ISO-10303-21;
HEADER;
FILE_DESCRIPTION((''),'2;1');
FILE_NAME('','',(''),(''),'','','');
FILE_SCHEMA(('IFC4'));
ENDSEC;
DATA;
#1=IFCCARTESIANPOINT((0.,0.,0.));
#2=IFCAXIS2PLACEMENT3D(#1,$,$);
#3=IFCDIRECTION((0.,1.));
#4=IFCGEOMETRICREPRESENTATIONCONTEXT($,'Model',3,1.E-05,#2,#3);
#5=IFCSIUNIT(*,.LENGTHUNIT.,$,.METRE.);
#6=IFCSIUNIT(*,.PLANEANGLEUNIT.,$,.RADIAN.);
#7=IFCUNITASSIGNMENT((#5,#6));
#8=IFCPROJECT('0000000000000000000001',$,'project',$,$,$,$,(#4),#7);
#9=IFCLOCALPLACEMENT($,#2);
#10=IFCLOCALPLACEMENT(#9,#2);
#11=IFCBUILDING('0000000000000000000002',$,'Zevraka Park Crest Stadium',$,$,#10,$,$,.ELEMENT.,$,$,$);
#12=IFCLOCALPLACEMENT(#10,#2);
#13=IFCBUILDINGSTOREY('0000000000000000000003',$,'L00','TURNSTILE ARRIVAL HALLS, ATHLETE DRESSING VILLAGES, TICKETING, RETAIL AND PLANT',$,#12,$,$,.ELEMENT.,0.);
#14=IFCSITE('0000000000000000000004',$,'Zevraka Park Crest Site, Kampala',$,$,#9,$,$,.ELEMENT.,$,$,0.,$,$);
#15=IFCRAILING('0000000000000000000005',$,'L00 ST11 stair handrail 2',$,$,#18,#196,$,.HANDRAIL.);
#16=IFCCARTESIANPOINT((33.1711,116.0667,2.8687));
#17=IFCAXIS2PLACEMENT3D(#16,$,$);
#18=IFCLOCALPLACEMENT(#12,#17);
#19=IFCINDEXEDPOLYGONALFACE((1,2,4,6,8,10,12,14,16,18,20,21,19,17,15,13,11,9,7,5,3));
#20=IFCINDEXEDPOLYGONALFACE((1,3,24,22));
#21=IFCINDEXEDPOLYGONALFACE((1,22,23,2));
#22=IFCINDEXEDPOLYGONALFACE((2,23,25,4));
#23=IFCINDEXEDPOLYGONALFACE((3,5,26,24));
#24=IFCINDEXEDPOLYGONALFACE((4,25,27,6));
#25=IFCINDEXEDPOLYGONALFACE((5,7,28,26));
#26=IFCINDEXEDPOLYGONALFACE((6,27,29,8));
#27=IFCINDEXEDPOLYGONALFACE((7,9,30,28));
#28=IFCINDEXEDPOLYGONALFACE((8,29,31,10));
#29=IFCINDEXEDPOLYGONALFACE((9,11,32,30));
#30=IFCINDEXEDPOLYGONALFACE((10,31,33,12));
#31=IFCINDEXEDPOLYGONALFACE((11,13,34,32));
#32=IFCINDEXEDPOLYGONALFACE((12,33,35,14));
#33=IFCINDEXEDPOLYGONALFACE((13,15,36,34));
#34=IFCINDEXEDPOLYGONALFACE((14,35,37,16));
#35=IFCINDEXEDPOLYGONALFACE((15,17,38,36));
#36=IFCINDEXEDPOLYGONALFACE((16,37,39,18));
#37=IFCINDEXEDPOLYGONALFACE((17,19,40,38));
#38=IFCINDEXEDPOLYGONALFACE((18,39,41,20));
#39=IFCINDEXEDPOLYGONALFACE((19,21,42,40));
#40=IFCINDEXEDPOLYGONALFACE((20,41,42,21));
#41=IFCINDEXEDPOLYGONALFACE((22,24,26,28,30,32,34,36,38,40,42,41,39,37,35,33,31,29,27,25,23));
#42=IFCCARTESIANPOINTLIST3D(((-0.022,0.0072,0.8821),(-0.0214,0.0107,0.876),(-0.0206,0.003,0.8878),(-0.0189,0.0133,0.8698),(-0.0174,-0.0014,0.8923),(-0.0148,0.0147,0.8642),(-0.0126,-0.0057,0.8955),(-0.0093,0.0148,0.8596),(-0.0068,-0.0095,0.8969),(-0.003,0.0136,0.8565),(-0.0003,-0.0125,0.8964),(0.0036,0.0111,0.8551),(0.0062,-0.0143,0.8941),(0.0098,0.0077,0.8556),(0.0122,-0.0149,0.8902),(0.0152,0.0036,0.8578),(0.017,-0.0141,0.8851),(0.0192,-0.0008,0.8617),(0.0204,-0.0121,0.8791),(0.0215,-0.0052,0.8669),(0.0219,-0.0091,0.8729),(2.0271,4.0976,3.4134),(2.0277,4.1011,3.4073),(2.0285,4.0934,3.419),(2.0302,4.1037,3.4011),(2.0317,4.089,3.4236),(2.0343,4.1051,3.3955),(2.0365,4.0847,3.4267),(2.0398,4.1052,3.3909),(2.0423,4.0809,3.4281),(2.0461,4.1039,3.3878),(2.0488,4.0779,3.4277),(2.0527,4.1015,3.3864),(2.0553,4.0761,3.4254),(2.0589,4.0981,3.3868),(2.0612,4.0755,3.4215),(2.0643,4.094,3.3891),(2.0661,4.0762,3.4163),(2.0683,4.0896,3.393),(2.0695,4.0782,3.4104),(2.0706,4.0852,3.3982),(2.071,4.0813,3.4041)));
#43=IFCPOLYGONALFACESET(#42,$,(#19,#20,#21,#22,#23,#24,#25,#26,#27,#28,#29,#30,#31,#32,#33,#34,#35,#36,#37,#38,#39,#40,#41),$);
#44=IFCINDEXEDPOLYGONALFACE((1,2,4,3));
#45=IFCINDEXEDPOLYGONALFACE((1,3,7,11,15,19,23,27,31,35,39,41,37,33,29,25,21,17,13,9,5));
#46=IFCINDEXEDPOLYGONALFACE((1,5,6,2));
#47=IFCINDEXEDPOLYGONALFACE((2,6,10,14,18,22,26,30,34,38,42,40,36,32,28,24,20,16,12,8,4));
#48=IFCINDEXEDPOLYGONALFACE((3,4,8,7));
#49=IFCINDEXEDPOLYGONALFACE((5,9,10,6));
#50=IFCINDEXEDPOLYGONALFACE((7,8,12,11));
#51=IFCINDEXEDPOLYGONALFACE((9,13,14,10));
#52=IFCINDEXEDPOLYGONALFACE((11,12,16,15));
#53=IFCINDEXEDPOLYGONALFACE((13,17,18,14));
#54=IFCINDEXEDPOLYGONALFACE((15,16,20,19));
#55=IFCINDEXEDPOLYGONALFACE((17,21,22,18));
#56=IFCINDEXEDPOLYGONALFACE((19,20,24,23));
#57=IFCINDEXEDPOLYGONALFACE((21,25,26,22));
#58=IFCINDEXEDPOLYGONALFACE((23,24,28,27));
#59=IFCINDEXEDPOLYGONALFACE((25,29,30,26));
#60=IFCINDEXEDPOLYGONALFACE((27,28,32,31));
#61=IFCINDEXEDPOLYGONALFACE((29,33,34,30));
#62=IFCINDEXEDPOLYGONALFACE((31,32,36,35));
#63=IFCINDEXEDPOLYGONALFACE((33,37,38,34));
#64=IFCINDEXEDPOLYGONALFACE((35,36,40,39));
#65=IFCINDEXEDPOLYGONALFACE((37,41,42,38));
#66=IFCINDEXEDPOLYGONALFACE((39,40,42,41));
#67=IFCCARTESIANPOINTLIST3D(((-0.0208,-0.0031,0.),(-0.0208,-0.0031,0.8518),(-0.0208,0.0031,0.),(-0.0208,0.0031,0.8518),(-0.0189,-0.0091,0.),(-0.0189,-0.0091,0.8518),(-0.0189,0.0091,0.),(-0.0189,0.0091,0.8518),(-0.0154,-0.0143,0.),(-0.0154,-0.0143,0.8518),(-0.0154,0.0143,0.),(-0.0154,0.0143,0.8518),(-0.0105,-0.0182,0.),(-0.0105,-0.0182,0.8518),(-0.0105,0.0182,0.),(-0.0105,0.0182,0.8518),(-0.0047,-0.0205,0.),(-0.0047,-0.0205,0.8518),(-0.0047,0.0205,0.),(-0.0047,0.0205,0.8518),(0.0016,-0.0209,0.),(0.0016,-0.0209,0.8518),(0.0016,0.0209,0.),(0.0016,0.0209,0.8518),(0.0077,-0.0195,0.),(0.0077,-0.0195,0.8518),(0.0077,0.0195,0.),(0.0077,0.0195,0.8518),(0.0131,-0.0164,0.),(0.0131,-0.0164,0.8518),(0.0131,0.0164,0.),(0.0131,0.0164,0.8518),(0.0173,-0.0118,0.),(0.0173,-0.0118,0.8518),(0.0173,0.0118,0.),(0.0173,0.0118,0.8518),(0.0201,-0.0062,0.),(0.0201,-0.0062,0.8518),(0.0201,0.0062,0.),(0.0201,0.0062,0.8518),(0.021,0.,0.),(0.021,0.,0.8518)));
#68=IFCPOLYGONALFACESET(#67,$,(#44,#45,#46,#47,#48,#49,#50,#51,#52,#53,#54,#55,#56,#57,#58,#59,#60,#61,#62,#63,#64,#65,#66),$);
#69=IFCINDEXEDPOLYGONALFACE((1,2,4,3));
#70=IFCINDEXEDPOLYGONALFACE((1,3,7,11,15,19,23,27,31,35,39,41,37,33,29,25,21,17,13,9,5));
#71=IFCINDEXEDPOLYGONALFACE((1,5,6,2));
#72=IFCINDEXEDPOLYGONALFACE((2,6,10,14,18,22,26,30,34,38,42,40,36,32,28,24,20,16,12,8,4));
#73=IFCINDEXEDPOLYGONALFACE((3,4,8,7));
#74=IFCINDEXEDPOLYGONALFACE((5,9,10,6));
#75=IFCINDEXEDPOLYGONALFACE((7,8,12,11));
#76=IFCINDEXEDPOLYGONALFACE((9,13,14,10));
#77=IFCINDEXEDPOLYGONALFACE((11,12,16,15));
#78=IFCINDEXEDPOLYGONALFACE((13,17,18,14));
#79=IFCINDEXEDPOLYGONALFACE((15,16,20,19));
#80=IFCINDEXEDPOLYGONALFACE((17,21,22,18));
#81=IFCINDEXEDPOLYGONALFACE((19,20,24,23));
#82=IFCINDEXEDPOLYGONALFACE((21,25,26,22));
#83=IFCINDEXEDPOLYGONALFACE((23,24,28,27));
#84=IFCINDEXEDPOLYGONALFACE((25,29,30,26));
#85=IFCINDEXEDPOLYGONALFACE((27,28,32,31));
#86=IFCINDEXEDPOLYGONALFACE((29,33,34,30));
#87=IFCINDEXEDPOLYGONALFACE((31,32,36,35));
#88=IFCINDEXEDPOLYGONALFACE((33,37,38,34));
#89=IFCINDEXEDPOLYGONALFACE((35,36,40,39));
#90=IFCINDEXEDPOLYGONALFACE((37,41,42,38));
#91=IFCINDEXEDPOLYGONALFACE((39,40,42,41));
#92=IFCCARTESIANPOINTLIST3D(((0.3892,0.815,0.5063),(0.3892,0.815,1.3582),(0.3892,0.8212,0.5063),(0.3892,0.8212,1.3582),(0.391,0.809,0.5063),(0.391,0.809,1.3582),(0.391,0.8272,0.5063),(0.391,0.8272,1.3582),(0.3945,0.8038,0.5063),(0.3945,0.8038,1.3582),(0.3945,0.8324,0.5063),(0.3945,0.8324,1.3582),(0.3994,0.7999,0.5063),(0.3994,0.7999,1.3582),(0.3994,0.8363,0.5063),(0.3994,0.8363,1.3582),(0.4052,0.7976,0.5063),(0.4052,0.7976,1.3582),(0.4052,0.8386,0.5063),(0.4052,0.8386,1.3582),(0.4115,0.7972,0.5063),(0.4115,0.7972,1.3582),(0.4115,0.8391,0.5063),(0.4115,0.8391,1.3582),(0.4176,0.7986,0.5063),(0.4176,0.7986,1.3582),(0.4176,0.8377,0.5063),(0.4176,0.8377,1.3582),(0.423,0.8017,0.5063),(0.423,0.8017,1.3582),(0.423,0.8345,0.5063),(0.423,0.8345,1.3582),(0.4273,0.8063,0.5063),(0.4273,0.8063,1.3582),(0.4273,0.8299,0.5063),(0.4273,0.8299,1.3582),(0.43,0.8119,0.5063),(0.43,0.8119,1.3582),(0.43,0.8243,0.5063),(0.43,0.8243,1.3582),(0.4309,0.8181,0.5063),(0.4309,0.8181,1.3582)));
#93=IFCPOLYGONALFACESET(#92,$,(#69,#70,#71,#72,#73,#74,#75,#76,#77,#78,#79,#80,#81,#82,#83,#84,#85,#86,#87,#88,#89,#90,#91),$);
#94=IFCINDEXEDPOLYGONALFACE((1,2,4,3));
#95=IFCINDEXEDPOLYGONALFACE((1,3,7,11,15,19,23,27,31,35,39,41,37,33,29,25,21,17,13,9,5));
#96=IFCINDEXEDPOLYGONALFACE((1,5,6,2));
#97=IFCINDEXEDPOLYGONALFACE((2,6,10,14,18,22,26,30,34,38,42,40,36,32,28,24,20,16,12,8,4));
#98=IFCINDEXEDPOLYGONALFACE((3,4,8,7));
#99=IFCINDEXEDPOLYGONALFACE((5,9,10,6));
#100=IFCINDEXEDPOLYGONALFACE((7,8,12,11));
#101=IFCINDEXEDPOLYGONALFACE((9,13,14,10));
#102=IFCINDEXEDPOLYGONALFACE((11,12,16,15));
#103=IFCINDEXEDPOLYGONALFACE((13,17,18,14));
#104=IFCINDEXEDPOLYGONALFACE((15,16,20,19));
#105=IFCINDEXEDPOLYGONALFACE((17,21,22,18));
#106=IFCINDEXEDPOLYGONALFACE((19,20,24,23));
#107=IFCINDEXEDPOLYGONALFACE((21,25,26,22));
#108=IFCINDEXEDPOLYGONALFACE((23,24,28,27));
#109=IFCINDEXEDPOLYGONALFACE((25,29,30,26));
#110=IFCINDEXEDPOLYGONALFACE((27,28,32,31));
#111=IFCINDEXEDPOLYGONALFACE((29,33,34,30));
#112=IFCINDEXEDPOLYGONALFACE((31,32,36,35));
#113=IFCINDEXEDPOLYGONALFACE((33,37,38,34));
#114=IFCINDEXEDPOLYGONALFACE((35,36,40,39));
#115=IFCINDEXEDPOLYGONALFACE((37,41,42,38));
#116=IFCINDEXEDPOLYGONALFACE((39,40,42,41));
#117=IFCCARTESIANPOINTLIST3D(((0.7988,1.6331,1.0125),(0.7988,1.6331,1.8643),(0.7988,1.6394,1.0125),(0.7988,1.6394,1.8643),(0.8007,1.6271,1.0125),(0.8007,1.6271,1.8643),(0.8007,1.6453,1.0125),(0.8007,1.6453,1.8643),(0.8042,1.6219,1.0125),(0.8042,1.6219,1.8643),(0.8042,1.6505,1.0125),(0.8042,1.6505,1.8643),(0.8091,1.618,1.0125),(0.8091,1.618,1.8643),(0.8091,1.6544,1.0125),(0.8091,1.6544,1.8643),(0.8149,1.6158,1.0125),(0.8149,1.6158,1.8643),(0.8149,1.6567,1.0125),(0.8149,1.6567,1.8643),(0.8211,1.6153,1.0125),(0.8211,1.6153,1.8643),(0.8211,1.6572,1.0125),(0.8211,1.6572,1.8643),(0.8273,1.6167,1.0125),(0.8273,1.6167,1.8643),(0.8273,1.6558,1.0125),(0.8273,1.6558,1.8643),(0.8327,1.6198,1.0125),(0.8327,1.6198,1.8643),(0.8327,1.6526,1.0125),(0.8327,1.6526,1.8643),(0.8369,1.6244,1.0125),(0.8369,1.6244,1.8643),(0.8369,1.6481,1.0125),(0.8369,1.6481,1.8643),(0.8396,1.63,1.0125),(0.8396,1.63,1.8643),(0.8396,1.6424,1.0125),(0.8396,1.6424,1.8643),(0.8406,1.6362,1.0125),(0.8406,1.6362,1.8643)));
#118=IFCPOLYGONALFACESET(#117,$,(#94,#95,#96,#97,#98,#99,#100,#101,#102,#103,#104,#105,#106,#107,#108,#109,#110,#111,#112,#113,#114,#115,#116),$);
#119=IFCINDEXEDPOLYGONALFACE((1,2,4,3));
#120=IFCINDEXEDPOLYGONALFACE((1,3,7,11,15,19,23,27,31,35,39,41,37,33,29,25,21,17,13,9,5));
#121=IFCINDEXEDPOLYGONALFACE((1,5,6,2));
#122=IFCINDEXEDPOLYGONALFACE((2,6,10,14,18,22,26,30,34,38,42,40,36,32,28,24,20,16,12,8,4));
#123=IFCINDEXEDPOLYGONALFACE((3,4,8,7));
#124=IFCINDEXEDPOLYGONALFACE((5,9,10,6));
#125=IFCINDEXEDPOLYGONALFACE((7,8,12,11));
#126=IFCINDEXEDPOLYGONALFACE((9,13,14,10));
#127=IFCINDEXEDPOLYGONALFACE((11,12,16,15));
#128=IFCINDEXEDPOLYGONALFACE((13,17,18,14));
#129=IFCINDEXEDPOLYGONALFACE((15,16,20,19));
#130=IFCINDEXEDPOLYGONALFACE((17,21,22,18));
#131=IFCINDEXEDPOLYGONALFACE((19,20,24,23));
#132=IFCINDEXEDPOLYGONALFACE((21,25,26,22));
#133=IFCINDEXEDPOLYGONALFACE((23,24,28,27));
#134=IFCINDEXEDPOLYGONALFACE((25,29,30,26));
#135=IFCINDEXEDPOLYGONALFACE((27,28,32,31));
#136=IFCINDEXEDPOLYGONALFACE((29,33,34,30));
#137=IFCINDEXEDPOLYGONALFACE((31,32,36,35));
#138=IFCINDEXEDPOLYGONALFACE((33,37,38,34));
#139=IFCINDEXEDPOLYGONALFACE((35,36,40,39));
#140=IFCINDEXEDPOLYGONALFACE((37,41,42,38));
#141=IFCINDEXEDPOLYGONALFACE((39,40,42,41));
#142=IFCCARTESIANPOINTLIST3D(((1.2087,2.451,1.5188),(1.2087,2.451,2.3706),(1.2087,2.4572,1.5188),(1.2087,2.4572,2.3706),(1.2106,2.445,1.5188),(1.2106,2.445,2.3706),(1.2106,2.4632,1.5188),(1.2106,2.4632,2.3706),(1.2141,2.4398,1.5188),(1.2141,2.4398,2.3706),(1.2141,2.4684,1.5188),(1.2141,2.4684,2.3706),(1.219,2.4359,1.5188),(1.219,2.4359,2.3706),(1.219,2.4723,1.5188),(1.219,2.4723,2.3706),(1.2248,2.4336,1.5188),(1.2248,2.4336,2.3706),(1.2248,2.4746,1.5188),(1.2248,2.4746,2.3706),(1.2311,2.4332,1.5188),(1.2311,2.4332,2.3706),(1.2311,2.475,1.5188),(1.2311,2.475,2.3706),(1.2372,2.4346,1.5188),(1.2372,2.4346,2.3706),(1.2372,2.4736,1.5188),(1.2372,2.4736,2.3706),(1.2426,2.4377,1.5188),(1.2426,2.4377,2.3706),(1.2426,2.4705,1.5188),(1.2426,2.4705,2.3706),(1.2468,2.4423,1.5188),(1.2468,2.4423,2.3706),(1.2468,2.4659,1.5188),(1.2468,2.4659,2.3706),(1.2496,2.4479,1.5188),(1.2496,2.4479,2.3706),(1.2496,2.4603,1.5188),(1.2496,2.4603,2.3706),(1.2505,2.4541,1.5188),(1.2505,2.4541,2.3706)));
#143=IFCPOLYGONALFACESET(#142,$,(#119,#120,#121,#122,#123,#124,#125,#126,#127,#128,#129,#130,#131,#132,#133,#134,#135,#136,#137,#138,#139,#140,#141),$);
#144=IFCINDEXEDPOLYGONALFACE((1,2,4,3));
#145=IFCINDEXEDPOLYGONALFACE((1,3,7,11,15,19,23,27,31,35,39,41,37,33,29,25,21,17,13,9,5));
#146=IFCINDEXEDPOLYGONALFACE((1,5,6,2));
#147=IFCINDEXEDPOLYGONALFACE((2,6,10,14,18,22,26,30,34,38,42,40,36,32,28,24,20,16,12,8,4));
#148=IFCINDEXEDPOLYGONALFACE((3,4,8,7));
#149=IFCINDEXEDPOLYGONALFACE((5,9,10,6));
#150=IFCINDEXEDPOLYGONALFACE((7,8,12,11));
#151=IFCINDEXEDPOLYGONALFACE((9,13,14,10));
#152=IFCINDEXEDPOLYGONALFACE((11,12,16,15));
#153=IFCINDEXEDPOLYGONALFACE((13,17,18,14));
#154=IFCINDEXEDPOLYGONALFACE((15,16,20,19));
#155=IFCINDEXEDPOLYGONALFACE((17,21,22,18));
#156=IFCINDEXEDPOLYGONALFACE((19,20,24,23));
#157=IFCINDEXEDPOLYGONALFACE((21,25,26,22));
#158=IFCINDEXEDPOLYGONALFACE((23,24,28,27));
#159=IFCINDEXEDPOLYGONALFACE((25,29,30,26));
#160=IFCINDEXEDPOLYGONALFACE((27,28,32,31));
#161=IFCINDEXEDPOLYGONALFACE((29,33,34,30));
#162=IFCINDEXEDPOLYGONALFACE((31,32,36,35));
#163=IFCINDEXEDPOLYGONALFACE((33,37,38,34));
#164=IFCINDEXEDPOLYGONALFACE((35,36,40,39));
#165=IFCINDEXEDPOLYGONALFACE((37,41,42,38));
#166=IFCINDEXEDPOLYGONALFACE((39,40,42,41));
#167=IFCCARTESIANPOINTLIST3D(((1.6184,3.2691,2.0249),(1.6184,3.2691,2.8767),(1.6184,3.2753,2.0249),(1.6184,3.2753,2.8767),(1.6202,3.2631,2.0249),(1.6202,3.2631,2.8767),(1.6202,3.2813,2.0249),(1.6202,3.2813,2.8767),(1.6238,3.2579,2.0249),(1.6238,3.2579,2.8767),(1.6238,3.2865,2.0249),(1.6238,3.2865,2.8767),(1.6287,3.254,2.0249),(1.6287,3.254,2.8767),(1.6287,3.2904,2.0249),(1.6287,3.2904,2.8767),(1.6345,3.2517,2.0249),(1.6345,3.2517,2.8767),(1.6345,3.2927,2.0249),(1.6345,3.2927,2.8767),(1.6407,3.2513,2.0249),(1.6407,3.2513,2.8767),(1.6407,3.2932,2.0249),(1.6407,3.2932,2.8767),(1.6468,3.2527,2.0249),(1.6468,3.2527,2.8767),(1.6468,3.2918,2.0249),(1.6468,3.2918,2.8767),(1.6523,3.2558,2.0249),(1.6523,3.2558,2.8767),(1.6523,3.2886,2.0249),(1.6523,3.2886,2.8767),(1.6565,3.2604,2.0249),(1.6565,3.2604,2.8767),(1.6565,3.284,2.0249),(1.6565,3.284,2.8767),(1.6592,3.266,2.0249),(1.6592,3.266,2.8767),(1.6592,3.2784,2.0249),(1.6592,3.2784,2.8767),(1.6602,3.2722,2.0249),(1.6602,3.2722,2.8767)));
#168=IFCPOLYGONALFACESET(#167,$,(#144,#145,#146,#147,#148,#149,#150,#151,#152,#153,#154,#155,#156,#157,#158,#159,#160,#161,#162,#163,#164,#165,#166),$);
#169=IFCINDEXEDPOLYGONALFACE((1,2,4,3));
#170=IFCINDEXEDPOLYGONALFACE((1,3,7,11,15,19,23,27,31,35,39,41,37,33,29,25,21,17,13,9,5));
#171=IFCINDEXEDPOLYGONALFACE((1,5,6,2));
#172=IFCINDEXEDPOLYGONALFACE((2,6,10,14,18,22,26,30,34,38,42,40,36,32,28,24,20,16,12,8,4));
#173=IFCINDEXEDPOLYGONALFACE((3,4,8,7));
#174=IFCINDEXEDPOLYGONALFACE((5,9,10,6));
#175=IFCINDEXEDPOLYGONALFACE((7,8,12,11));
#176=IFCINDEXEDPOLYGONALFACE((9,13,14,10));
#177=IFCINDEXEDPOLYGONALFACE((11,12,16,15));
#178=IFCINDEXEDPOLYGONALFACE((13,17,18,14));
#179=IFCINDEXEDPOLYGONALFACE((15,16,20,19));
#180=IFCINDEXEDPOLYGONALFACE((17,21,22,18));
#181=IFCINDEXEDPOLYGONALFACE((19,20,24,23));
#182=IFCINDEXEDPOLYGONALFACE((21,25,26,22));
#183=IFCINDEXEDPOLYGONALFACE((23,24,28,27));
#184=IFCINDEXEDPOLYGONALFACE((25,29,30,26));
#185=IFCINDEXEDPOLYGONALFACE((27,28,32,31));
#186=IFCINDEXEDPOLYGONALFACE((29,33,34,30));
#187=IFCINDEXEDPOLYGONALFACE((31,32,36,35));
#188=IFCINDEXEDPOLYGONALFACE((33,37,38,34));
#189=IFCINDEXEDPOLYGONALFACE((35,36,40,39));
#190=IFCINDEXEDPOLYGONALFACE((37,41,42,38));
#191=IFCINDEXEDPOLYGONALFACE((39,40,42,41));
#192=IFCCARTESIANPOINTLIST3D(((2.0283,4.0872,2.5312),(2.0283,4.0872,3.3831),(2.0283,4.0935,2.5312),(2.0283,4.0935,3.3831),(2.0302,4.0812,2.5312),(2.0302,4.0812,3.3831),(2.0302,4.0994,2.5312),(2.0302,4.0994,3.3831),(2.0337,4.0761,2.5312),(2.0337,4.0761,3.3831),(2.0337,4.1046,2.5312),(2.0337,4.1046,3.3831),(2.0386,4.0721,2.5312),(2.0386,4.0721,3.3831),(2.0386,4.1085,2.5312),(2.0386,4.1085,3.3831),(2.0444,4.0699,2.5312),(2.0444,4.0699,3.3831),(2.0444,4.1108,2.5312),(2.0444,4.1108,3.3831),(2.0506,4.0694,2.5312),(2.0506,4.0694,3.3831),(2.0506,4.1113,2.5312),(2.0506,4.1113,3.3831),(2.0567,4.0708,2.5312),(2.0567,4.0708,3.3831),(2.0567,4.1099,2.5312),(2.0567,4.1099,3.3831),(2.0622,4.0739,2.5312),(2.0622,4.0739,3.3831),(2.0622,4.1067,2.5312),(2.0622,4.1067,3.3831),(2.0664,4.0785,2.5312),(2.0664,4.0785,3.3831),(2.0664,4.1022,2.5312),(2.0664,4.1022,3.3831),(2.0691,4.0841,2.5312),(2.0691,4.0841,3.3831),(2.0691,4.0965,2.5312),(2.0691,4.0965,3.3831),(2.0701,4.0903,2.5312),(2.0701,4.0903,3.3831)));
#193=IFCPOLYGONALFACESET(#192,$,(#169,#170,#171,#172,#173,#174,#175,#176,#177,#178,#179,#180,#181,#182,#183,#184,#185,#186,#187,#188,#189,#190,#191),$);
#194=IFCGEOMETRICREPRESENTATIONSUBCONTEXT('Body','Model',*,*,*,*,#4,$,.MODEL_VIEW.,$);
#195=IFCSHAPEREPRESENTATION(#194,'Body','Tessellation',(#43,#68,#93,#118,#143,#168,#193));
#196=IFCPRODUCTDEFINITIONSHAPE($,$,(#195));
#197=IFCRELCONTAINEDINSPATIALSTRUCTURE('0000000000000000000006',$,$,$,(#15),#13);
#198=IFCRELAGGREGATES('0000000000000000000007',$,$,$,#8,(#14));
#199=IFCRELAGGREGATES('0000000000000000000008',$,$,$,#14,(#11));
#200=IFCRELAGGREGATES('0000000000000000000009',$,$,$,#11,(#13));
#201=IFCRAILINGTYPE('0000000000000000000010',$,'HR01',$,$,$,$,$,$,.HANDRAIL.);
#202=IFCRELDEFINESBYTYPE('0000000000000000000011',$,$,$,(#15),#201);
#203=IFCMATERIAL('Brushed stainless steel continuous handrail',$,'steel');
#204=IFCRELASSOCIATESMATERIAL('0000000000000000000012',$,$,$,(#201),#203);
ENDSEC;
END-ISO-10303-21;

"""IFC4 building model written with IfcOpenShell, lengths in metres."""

from ifc_helpers import new_model, si_unit, direction, frame, origin, origin_2d, place, context, subcontext, project, spatial, circle, extrude, material, type_object, element, save


model = new_model("IFC4")

# Units and contexts
model_context = context("Model", 3, precision=1e-05, world=origin(), true_north=direction((0.0, 1.0)))
body_context = subcontext(model_context, "Body", "Model", "MODEL_VIEW")
ifc_project = project(units=[si_unit("LENGTHUNIT", "METRE"), si_unit("PLANEANGLEUNIT", "RADIAN")], contexts=[model_context])

# Site, building, storey
site_placement = place(None, origin())
site = spatial("IfcSite", under=ifc_project, at=site_placement, Name="Zevraka Park Crest Site, Kampala", CompositionType="ELEMENT", RefElevation=0.0)
building_placement = place(site_placement, origin())
building = spatial("IfcBuilding", under=site, at=building_placement, Name="Zevraka Park Crest Stadium", CompositionType="ELEMENT")
storey_placement = place(building_placement, origin())
storey = spatial("IfcBuildingStorey", under=building, at=storey_placement, Name="L00", Description="TURNSTILE ARRIVAL HALLS, ATHLETE DRESSING VILLAGES, TICKETING, RETAIL AND PLANT", CompositionType="ELEMENT", Elevation=0.0)

# Railing
ifc_material_1 = material(Name="Brushed stainless steel continuous handrail", Category="steel")
railing_type_1 = type_object("IfcRailingType", Name="HR01", PredefinedType="HANDRAIL", material=ifc_material_1)
railing_1_placement = place(storey_placement, frame((33.1711, 116.0667, 2.8687)))
element("IfcRailing", 1, at=railing_1_placement, inside=storey, type_object=railing_type_1, Name="L00 ST11 stair handrail 2", PredefinedType="HANDRAIL", context=body_context, shape_type="SweptSolid", body=[
    extrude(circle(Radius=0.0239, at=origin_2d()), frame((0.0, 0.0, 0.876), z_axis=(0.391908, 0.782321, 0.48413), x_axis=(-0.894085, 0.447897, 0.0)), (0.0, 0.0, 1.0), 5.2285),
    extrude(circle(Radius=0.021, at=origin_2d()), origin(), (0.0, 0.0, 1.0), 0.8518),
    extrude(circle(Radius=0.021, at=origin_2d()), frame((0.4099, 0.8181, 0.5063)), (0.0, 0.0, 1.0), 0.8518),
    extrude(circle(Radius=0.021, at=origin_2d()), frame((0.8196, 1.6362, 1.0125)), (0.0, 0.0, 1.0), 0.8518),
    extrude(circle(Radius=0.021, at=origin_2d()), frame((1.2295, 2.4541, 1.5188)), (0.0, 0.0, 1.0), 0.8518),
    extrude(circle(Radius=0.021, at=origin_2d()), frame((1.6392, 3.2722, 2.0249)), (0.0, 0.0, 1.0), 0.8518),
    extrude(circle(Radius=0.021, at=origin_2d()), frame((2.0491, 4.0903, 2.5312)), (0.0, 0.0, 1.0), 0.8518),
])

save(model, "model.ifc")
